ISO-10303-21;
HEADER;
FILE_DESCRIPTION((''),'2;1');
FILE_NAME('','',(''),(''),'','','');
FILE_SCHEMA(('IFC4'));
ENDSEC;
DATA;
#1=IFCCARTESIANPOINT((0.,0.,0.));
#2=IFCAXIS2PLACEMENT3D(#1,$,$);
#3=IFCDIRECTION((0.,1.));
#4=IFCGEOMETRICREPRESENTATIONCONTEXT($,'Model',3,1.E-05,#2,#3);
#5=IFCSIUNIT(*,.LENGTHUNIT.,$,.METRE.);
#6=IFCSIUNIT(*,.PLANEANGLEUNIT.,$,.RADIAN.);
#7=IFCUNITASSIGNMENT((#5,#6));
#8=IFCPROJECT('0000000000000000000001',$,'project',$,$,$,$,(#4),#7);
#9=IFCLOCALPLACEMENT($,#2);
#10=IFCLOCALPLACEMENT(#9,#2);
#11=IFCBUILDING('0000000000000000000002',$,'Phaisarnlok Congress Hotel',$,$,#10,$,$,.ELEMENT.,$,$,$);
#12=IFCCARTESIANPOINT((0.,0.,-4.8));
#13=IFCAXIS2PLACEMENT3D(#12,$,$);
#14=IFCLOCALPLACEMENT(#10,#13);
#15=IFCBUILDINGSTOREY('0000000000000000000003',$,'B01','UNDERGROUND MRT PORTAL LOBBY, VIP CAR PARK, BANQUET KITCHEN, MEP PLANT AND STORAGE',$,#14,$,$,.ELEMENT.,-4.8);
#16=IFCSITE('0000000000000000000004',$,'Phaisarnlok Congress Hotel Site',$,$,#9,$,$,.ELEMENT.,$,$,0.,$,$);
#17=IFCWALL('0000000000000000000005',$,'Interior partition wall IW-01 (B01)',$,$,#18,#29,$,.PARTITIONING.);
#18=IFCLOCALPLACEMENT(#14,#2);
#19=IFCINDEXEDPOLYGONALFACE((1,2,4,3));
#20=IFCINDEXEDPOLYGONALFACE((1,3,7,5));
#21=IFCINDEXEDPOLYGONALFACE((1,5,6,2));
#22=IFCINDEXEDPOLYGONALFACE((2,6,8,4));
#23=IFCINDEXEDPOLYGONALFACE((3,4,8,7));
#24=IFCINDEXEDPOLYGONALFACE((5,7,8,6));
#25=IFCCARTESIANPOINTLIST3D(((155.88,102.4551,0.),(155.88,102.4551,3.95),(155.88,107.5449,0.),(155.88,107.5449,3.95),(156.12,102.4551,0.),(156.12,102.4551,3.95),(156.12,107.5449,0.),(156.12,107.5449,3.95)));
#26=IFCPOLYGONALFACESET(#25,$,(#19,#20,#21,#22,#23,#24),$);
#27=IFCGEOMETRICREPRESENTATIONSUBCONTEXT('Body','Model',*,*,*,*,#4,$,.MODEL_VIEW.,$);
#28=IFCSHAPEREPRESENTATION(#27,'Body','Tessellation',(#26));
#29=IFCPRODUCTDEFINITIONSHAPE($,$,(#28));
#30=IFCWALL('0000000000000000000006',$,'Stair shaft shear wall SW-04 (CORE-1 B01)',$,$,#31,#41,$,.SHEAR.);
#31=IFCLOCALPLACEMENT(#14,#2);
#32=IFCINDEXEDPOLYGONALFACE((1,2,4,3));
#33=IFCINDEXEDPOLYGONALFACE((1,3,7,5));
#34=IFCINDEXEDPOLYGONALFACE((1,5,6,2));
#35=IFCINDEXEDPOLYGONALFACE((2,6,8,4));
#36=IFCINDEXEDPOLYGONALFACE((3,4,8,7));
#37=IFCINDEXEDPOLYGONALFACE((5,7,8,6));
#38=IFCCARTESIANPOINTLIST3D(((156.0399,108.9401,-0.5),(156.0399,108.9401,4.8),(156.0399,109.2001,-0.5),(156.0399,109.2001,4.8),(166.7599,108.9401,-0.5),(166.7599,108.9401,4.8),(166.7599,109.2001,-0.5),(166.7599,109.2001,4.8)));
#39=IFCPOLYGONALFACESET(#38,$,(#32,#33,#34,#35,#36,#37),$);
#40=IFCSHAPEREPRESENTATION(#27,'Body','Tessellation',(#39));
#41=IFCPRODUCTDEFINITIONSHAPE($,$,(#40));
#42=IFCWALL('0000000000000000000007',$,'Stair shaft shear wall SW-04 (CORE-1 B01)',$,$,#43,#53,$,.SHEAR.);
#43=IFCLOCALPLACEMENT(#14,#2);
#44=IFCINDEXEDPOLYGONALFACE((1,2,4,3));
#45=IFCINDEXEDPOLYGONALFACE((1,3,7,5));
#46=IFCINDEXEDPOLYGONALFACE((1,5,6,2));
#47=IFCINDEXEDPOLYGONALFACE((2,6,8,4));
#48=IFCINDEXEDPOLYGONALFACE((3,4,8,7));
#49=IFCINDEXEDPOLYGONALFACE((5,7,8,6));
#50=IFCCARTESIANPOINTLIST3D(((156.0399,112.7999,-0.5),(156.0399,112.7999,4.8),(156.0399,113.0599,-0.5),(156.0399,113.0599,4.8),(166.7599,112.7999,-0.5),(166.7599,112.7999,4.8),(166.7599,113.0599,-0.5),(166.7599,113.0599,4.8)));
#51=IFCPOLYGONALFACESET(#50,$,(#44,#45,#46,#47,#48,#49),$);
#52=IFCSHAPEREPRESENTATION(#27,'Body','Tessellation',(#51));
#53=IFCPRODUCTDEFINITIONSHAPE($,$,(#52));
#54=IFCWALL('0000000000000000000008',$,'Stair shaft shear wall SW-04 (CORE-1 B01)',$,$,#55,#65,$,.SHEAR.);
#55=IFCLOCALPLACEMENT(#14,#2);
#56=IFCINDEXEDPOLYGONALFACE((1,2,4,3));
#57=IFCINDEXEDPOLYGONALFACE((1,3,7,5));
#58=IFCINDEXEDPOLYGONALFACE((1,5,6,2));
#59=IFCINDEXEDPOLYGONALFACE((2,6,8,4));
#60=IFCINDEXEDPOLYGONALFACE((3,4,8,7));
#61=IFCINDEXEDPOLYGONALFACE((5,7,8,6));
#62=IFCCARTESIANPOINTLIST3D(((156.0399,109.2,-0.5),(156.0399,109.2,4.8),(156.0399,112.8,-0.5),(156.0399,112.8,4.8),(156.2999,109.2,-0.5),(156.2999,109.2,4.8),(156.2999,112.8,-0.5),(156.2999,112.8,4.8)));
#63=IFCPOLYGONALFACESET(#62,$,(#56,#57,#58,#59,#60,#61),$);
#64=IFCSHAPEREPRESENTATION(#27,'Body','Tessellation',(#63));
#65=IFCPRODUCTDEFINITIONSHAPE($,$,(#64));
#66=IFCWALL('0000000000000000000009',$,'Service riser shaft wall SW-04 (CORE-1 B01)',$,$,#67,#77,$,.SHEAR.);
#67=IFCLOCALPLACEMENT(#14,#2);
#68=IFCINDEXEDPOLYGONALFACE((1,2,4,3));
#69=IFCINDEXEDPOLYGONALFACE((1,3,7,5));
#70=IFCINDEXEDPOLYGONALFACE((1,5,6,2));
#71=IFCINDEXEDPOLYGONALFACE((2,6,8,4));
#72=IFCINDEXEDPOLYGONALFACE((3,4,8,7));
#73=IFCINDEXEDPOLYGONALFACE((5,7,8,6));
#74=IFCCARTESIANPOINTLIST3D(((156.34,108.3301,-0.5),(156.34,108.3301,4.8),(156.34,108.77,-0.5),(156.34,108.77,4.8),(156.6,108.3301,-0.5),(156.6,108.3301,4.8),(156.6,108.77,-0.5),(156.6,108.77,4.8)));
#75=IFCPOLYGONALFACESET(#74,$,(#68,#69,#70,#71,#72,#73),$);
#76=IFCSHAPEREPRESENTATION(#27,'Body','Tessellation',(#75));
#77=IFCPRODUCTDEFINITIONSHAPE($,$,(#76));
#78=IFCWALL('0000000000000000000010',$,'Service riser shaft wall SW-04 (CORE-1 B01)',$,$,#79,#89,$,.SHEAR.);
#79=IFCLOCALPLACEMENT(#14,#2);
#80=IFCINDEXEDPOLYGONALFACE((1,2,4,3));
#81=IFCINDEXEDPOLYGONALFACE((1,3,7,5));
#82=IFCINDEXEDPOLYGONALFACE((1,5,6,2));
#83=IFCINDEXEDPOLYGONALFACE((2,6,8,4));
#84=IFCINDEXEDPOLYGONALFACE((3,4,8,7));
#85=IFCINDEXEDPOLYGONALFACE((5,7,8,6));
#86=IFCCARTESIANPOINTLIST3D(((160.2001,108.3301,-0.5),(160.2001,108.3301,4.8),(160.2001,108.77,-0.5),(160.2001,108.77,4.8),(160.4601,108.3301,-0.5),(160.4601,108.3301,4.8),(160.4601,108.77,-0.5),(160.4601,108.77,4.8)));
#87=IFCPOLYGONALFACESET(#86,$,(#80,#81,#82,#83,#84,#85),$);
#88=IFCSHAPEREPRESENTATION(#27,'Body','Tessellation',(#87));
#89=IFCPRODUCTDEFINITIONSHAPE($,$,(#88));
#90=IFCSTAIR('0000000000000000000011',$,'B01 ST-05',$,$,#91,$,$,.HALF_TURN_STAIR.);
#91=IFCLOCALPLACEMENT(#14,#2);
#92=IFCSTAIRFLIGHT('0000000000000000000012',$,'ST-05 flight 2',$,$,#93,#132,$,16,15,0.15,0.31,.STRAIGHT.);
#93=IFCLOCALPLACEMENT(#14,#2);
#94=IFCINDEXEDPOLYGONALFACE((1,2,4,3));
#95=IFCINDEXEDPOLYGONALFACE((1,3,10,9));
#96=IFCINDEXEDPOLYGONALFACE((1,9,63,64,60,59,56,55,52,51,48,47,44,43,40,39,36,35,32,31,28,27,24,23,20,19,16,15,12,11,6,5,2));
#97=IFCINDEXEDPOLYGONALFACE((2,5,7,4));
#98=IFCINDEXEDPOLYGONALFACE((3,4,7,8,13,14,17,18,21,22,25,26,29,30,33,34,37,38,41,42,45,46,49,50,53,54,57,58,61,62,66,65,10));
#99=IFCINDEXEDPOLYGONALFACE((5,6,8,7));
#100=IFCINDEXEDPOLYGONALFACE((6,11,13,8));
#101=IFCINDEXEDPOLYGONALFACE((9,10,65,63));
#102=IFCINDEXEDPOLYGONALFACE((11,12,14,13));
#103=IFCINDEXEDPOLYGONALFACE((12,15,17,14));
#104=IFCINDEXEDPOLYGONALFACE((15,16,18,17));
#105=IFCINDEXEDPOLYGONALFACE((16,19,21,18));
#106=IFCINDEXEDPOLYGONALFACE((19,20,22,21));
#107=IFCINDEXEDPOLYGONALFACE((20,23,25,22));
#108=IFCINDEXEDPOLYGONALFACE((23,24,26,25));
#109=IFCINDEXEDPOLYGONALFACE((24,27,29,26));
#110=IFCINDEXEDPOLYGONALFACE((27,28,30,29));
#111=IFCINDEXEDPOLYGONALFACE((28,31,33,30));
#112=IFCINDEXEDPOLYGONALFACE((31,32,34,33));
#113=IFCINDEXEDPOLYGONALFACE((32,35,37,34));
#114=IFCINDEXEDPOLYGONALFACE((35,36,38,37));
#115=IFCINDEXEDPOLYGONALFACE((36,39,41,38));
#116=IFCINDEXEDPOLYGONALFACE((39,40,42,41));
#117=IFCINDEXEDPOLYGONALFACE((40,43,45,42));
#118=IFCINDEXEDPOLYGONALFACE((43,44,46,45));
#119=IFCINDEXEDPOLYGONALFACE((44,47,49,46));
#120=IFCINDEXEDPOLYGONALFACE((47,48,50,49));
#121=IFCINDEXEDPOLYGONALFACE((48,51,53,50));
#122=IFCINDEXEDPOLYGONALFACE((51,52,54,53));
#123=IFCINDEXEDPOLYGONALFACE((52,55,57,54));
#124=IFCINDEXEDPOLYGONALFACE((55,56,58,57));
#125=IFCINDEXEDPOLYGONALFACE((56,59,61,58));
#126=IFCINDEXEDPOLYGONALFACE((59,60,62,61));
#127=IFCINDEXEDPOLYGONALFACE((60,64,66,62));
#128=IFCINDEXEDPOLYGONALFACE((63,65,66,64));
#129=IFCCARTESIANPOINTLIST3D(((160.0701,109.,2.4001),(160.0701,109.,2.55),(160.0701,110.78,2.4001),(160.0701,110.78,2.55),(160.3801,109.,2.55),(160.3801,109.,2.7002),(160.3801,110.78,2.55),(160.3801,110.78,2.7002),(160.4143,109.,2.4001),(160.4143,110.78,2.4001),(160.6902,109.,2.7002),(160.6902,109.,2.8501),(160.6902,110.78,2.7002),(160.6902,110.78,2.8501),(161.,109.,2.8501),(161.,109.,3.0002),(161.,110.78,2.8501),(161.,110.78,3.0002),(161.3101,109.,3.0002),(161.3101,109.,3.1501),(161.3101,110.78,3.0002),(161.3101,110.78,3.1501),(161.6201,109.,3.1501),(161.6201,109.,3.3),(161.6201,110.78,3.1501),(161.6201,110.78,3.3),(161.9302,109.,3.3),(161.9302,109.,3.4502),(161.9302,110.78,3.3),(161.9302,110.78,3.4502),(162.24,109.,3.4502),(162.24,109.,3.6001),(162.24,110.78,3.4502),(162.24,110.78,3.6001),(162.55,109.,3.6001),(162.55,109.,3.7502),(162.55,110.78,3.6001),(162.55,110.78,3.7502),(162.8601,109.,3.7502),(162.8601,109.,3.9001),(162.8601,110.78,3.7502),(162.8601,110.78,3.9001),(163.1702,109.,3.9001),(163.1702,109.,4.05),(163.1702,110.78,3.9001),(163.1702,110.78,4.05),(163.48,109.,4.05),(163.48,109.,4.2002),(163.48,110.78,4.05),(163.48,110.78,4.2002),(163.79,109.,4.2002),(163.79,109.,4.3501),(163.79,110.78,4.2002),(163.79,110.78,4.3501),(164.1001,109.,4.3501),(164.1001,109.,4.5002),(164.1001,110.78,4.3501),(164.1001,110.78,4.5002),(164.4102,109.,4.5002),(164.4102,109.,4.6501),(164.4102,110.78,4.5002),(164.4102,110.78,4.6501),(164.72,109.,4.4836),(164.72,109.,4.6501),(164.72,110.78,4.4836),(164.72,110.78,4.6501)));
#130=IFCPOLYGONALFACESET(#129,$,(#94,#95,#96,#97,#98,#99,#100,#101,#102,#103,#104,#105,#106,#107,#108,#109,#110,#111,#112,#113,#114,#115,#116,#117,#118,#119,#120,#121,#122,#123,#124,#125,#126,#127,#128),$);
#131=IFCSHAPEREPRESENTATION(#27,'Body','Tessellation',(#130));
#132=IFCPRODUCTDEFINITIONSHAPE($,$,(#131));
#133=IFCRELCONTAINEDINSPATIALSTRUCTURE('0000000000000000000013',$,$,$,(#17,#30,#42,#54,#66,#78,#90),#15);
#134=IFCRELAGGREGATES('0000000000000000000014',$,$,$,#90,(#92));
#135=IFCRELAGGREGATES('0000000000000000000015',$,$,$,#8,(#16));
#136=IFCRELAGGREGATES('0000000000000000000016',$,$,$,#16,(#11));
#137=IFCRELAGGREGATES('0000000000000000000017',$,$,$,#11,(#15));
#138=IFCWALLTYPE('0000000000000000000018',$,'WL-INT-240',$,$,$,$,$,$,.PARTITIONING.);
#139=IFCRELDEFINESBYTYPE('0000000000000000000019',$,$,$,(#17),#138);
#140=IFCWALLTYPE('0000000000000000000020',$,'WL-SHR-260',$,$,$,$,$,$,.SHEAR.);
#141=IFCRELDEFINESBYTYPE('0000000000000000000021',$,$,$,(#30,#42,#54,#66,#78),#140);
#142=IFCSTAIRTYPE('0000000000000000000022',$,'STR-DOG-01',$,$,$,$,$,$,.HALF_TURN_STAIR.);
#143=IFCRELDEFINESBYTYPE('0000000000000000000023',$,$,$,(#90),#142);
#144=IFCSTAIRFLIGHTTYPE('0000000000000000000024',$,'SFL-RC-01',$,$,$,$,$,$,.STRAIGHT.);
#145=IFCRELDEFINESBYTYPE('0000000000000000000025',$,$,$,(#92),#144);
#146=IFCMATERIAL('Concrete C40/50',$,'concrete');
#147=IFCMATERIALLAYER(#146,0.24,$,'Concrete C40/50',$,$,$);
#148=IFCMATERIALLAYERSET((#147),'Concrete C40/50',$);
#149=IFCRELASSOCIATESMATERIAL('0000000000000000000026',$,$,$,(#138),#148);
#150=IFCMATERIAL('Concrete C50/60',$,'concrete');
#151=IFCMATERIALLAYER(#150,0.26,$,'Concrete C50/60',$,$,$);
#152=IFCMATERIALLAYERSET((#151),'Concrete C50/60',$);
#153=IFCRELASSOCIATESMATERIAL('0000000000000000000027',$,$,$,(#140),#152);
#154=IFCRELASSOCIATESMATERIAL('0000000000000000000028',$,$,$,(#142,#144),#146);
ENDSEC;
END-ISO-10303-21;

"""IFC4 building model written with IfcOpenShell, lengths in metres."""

from ifc_helpers import new_model, si_unit, direction, frame, frame_2d, origin, place, context, subcontext, project, spatial, polyline, rectangle, outline, extrude, material, layer, layer_set, type_object, element, aggregate, save


model = new_model("IFC4")

# Units and contexts
model_context = context("Model", 3, precision=1e-05, world=origin(), true_north=direction((0.0, 1.0)))
body_context = subcontext(model_context, "Body", "Model", "MODEL_VIEW")
ifc_project = project(units=[si_unit("LENGTHUNIT", "METRE"), si_unit("PLANEANGLEUNIT", "RADIAN")], contexts=[model_context])

# Site, building, storey
site_placement = place(None, origin())
site = spatial("IfcSite", under=ifc_project, at=site_placement, Name="Phaisarnlok Congress Hotel Site", CompositionType="ELEMENT", RefElevation=0.0)
building_placement = place(site_placement, origin())
building = spatial("IfcBuilding", under=site, at=building_placement, Name="Phaisarnlok Congress Hotel", CompositionType="ELEMENT")
storey_placement = place(building_placement, frame((0.0, 0.0, -4.8)))
storey = spatial("IfcBuildingStorey", under=building, at=storey_placement, Name="B01", Description="UNDERGROUND MRT PORTAL LOBBY, VIP CAR PARK, BANQUET KITCHEN, MEP PLANT AND STORAGE", CompositionType="ELEMENT", Elevation=-4.8)

# Shared definitions
ifc_material_1 = material(Name="Concrete C40/50", Category="concrete")

# Shared definitions
ifc_material_2 = material(Name="Concrete C50/60", Category="concrete")

# Walls
ifc_layer_1 = layer(ifc_material_1, 0.24, Name="Concrete C40/50")
ifc_layer_set_1 = layer_set([ifc_layer_1], Name="Concrete C40/50")
wall_type_1 = type_object("IfcWallType", Name="WL-INT-240", PredefinedType="PARTITIONING", material=ifc_layer_set_1)
wall_1_placement = place(storey_placement, frame((156.0, 102.4551, 0.0), z_axis=(0.0, 0.0, 1.0), x_axis=(0.0, 1.0, 0.0)))
element("IfcWall", 1, at=wall_1_placement, inside=storey, type_object=wall_type_1, Name="Interior partition wall IW-01 (B01)", PredefinedType="PARTITIONING", context=body_context, shape_type="SweptSolid", body=[
    extrude(rectangle(XDim=5.0898, YDim=0.24, at=frame_2d((2.5449, 0.0))), origin(), (0.0, 0.0, 1.0), 3.95),
])
ifc_layer_2 = layer(ifc_material_2, 0.26, Name="Concrete C50/60")
ifc_layer_set_2 = layer_set([ifc_layer_2], Name="Concrete C50/60")
wall_type_2 = type_object("IfcWallType", Name="WL-SHR-260", PredefinedType="SHEAR", material=ifc_layer_set_2)
for number, where, z_axis, x_axis, name in (
    (2, (156.04, 109.0701, -0.5), (0.0, 0.0, 1.0), (1.0, 0.0, 0.0), "Stair shaft shear wall SW-04 (CORE-1 B01)"),
    (3, (156.04, 112.9299, -0.5), (0.0, 0.0, 1.0), (1.0, 0.0, 0.0), "Stair shaft shear wall SW-04 (CORE-1 B01)"),
):
    element("IfcWall", number, at=place(storey_placement, frame(where, z_axis=z_axis, x_axis=x_axis)), inside=storey, type_object=wall_type_2, Name=name, PredefinedType="SHEAR", context=body_context, shape_type="SweptSolid", body=[
        extrude(rectangle(XDim=10.72, YDim=0.26, at=frame_2d((5.3599, 0.0))), origin(), (0.0, 0.0, 1.0), 5.3),
    ])
wall_2_placement = place(storey_placement, frame((156.1699, 109.2, -0.5), z_axis=(0.0, 0.0, 1.0), x_axis=(0.0, 1.0, 0.0)))
element("IfcWall", 4, at=wall_2_placement, inside=storey, type_object=wall_type_2, Name="Stair shaft shear wall SW-04 (CORE-1 B01)", PredefinedType="SHEAR", context=body_context, shape_type="SweptSolid", body=[
    extrude(rectangle(XDim=3.6001, YDim=0.26, at=frame_2d((1.8, 0.0))), origin(), (0.0, 0.0, 1.0), 5.3),
])
for number, where, z_axis, x_axis, name in (
    (5, (156.47, 108.3301, -0.5), (0.0, 0.0, 1.0), (0.0, 1.0, 0.0), "Service riser shaft wall SW-04 (CORE-1 B01)"),
    (6, (160.3301, 108.3301, -0.5), (0.0, 0.0, 1.0), (0.0, 1.0, 0.0), "Service riser shaft wall SW-04 (CORE-1 B01)"),
):
    element("IfcWall", number, at=place(storey_placement, frame(where, z_axis=z_axis, x_axis=x_axis)), inside=storey, type_object=wall_type_2, Name=name, PredefinedType="SHEAR", context=body_context, shape_type="SweptSolid", body=[
        extrude(rectangle(XDim=0.4399, YDim=0.26, at=frame_2d((0.22, 0.0))), origin(), (0.0, 0.0, 1.0), 5.3),
    ])

# Stair, stair flight
stair_type = type_object("IfcStairType", Name="STR-DOG-01", PredefinedType="HALF_TURN_STAIR", material=ifc_material_1)
stair_placement = place(storey_placement, origin())
stair = element("IfcStair", 7, at=stair_placement, inside=storey, type_object=stair_type, Name="B01 ST-05", PredefinedType="HALF_TURN_STAIR")
stair_flight_type = type_object("IfcStairFlightType", Name="SFL-RC-01", PredefinedType="STRAIGHT", material=ifc_material_1)
stair_flight_placement = place(storey_placement, frame((160.0701, 109.8899, 2.4001), z_axis=(0.0, 0.0, 1.0), x_axis=(1.0, 0.0, 0.0)))
stair_flight = element("IfcStairFlight", 8, at=stair_flight_placement, type_object=stair_flight_type, Name="ST-05 flight 2", NumberOfRisers=16, NumberOfTreads=15, PredefinedType="STRAIGHT", RiserHeight=0.15, TreadLength=0.31, context=body_context, shape_type="SweptSolid", body=[
    extrude(outline(polyline([(0.0, 0.0), (0.0, 0.1499), (0.3101, 0.1499), (0.3101, 0.3), (0.6201, 0.3), (0.6201, 0.45), (0.9299, 0.45), (0.9299, 0.6001), (1.24, 0.6001), (1.24, 0.75), (1.55, 0.75), (1.55, 0.8999), (1.8601, 0.8999), (1.8601, 1.05), (2.1699, 1.05), (2.1699, 1.2), (2.48, 1.2), (2.48, 1.3501), (2.79, 1.3501), (2.79, 1.5), (3.1001, 1.5), (3.1001, 1.6499), (3.4099, 1.6499), (3.4099, 1.8), (3.72, 1.8), (3.72, 1.95), (4.03, 1.95), (4.03, 2.1001), (4.3401, 2.1001), (4.3401, 2.25), (4.6499, 2.25), (4.6499, 2.3999), (4.6499, 2.0835), (0.3442, 0.0), (0.0, 0.0)])), frame((0.0, 0.8901, 0.0), z_axis=(0.0, -1.0, 0.0), x_axis=(1.0, 0.0, 0.0)), (0.0, 0.0, 1.0), 1.78),
])
aggregate(stair, [stair_flight])

save(model, "model.ifc")
